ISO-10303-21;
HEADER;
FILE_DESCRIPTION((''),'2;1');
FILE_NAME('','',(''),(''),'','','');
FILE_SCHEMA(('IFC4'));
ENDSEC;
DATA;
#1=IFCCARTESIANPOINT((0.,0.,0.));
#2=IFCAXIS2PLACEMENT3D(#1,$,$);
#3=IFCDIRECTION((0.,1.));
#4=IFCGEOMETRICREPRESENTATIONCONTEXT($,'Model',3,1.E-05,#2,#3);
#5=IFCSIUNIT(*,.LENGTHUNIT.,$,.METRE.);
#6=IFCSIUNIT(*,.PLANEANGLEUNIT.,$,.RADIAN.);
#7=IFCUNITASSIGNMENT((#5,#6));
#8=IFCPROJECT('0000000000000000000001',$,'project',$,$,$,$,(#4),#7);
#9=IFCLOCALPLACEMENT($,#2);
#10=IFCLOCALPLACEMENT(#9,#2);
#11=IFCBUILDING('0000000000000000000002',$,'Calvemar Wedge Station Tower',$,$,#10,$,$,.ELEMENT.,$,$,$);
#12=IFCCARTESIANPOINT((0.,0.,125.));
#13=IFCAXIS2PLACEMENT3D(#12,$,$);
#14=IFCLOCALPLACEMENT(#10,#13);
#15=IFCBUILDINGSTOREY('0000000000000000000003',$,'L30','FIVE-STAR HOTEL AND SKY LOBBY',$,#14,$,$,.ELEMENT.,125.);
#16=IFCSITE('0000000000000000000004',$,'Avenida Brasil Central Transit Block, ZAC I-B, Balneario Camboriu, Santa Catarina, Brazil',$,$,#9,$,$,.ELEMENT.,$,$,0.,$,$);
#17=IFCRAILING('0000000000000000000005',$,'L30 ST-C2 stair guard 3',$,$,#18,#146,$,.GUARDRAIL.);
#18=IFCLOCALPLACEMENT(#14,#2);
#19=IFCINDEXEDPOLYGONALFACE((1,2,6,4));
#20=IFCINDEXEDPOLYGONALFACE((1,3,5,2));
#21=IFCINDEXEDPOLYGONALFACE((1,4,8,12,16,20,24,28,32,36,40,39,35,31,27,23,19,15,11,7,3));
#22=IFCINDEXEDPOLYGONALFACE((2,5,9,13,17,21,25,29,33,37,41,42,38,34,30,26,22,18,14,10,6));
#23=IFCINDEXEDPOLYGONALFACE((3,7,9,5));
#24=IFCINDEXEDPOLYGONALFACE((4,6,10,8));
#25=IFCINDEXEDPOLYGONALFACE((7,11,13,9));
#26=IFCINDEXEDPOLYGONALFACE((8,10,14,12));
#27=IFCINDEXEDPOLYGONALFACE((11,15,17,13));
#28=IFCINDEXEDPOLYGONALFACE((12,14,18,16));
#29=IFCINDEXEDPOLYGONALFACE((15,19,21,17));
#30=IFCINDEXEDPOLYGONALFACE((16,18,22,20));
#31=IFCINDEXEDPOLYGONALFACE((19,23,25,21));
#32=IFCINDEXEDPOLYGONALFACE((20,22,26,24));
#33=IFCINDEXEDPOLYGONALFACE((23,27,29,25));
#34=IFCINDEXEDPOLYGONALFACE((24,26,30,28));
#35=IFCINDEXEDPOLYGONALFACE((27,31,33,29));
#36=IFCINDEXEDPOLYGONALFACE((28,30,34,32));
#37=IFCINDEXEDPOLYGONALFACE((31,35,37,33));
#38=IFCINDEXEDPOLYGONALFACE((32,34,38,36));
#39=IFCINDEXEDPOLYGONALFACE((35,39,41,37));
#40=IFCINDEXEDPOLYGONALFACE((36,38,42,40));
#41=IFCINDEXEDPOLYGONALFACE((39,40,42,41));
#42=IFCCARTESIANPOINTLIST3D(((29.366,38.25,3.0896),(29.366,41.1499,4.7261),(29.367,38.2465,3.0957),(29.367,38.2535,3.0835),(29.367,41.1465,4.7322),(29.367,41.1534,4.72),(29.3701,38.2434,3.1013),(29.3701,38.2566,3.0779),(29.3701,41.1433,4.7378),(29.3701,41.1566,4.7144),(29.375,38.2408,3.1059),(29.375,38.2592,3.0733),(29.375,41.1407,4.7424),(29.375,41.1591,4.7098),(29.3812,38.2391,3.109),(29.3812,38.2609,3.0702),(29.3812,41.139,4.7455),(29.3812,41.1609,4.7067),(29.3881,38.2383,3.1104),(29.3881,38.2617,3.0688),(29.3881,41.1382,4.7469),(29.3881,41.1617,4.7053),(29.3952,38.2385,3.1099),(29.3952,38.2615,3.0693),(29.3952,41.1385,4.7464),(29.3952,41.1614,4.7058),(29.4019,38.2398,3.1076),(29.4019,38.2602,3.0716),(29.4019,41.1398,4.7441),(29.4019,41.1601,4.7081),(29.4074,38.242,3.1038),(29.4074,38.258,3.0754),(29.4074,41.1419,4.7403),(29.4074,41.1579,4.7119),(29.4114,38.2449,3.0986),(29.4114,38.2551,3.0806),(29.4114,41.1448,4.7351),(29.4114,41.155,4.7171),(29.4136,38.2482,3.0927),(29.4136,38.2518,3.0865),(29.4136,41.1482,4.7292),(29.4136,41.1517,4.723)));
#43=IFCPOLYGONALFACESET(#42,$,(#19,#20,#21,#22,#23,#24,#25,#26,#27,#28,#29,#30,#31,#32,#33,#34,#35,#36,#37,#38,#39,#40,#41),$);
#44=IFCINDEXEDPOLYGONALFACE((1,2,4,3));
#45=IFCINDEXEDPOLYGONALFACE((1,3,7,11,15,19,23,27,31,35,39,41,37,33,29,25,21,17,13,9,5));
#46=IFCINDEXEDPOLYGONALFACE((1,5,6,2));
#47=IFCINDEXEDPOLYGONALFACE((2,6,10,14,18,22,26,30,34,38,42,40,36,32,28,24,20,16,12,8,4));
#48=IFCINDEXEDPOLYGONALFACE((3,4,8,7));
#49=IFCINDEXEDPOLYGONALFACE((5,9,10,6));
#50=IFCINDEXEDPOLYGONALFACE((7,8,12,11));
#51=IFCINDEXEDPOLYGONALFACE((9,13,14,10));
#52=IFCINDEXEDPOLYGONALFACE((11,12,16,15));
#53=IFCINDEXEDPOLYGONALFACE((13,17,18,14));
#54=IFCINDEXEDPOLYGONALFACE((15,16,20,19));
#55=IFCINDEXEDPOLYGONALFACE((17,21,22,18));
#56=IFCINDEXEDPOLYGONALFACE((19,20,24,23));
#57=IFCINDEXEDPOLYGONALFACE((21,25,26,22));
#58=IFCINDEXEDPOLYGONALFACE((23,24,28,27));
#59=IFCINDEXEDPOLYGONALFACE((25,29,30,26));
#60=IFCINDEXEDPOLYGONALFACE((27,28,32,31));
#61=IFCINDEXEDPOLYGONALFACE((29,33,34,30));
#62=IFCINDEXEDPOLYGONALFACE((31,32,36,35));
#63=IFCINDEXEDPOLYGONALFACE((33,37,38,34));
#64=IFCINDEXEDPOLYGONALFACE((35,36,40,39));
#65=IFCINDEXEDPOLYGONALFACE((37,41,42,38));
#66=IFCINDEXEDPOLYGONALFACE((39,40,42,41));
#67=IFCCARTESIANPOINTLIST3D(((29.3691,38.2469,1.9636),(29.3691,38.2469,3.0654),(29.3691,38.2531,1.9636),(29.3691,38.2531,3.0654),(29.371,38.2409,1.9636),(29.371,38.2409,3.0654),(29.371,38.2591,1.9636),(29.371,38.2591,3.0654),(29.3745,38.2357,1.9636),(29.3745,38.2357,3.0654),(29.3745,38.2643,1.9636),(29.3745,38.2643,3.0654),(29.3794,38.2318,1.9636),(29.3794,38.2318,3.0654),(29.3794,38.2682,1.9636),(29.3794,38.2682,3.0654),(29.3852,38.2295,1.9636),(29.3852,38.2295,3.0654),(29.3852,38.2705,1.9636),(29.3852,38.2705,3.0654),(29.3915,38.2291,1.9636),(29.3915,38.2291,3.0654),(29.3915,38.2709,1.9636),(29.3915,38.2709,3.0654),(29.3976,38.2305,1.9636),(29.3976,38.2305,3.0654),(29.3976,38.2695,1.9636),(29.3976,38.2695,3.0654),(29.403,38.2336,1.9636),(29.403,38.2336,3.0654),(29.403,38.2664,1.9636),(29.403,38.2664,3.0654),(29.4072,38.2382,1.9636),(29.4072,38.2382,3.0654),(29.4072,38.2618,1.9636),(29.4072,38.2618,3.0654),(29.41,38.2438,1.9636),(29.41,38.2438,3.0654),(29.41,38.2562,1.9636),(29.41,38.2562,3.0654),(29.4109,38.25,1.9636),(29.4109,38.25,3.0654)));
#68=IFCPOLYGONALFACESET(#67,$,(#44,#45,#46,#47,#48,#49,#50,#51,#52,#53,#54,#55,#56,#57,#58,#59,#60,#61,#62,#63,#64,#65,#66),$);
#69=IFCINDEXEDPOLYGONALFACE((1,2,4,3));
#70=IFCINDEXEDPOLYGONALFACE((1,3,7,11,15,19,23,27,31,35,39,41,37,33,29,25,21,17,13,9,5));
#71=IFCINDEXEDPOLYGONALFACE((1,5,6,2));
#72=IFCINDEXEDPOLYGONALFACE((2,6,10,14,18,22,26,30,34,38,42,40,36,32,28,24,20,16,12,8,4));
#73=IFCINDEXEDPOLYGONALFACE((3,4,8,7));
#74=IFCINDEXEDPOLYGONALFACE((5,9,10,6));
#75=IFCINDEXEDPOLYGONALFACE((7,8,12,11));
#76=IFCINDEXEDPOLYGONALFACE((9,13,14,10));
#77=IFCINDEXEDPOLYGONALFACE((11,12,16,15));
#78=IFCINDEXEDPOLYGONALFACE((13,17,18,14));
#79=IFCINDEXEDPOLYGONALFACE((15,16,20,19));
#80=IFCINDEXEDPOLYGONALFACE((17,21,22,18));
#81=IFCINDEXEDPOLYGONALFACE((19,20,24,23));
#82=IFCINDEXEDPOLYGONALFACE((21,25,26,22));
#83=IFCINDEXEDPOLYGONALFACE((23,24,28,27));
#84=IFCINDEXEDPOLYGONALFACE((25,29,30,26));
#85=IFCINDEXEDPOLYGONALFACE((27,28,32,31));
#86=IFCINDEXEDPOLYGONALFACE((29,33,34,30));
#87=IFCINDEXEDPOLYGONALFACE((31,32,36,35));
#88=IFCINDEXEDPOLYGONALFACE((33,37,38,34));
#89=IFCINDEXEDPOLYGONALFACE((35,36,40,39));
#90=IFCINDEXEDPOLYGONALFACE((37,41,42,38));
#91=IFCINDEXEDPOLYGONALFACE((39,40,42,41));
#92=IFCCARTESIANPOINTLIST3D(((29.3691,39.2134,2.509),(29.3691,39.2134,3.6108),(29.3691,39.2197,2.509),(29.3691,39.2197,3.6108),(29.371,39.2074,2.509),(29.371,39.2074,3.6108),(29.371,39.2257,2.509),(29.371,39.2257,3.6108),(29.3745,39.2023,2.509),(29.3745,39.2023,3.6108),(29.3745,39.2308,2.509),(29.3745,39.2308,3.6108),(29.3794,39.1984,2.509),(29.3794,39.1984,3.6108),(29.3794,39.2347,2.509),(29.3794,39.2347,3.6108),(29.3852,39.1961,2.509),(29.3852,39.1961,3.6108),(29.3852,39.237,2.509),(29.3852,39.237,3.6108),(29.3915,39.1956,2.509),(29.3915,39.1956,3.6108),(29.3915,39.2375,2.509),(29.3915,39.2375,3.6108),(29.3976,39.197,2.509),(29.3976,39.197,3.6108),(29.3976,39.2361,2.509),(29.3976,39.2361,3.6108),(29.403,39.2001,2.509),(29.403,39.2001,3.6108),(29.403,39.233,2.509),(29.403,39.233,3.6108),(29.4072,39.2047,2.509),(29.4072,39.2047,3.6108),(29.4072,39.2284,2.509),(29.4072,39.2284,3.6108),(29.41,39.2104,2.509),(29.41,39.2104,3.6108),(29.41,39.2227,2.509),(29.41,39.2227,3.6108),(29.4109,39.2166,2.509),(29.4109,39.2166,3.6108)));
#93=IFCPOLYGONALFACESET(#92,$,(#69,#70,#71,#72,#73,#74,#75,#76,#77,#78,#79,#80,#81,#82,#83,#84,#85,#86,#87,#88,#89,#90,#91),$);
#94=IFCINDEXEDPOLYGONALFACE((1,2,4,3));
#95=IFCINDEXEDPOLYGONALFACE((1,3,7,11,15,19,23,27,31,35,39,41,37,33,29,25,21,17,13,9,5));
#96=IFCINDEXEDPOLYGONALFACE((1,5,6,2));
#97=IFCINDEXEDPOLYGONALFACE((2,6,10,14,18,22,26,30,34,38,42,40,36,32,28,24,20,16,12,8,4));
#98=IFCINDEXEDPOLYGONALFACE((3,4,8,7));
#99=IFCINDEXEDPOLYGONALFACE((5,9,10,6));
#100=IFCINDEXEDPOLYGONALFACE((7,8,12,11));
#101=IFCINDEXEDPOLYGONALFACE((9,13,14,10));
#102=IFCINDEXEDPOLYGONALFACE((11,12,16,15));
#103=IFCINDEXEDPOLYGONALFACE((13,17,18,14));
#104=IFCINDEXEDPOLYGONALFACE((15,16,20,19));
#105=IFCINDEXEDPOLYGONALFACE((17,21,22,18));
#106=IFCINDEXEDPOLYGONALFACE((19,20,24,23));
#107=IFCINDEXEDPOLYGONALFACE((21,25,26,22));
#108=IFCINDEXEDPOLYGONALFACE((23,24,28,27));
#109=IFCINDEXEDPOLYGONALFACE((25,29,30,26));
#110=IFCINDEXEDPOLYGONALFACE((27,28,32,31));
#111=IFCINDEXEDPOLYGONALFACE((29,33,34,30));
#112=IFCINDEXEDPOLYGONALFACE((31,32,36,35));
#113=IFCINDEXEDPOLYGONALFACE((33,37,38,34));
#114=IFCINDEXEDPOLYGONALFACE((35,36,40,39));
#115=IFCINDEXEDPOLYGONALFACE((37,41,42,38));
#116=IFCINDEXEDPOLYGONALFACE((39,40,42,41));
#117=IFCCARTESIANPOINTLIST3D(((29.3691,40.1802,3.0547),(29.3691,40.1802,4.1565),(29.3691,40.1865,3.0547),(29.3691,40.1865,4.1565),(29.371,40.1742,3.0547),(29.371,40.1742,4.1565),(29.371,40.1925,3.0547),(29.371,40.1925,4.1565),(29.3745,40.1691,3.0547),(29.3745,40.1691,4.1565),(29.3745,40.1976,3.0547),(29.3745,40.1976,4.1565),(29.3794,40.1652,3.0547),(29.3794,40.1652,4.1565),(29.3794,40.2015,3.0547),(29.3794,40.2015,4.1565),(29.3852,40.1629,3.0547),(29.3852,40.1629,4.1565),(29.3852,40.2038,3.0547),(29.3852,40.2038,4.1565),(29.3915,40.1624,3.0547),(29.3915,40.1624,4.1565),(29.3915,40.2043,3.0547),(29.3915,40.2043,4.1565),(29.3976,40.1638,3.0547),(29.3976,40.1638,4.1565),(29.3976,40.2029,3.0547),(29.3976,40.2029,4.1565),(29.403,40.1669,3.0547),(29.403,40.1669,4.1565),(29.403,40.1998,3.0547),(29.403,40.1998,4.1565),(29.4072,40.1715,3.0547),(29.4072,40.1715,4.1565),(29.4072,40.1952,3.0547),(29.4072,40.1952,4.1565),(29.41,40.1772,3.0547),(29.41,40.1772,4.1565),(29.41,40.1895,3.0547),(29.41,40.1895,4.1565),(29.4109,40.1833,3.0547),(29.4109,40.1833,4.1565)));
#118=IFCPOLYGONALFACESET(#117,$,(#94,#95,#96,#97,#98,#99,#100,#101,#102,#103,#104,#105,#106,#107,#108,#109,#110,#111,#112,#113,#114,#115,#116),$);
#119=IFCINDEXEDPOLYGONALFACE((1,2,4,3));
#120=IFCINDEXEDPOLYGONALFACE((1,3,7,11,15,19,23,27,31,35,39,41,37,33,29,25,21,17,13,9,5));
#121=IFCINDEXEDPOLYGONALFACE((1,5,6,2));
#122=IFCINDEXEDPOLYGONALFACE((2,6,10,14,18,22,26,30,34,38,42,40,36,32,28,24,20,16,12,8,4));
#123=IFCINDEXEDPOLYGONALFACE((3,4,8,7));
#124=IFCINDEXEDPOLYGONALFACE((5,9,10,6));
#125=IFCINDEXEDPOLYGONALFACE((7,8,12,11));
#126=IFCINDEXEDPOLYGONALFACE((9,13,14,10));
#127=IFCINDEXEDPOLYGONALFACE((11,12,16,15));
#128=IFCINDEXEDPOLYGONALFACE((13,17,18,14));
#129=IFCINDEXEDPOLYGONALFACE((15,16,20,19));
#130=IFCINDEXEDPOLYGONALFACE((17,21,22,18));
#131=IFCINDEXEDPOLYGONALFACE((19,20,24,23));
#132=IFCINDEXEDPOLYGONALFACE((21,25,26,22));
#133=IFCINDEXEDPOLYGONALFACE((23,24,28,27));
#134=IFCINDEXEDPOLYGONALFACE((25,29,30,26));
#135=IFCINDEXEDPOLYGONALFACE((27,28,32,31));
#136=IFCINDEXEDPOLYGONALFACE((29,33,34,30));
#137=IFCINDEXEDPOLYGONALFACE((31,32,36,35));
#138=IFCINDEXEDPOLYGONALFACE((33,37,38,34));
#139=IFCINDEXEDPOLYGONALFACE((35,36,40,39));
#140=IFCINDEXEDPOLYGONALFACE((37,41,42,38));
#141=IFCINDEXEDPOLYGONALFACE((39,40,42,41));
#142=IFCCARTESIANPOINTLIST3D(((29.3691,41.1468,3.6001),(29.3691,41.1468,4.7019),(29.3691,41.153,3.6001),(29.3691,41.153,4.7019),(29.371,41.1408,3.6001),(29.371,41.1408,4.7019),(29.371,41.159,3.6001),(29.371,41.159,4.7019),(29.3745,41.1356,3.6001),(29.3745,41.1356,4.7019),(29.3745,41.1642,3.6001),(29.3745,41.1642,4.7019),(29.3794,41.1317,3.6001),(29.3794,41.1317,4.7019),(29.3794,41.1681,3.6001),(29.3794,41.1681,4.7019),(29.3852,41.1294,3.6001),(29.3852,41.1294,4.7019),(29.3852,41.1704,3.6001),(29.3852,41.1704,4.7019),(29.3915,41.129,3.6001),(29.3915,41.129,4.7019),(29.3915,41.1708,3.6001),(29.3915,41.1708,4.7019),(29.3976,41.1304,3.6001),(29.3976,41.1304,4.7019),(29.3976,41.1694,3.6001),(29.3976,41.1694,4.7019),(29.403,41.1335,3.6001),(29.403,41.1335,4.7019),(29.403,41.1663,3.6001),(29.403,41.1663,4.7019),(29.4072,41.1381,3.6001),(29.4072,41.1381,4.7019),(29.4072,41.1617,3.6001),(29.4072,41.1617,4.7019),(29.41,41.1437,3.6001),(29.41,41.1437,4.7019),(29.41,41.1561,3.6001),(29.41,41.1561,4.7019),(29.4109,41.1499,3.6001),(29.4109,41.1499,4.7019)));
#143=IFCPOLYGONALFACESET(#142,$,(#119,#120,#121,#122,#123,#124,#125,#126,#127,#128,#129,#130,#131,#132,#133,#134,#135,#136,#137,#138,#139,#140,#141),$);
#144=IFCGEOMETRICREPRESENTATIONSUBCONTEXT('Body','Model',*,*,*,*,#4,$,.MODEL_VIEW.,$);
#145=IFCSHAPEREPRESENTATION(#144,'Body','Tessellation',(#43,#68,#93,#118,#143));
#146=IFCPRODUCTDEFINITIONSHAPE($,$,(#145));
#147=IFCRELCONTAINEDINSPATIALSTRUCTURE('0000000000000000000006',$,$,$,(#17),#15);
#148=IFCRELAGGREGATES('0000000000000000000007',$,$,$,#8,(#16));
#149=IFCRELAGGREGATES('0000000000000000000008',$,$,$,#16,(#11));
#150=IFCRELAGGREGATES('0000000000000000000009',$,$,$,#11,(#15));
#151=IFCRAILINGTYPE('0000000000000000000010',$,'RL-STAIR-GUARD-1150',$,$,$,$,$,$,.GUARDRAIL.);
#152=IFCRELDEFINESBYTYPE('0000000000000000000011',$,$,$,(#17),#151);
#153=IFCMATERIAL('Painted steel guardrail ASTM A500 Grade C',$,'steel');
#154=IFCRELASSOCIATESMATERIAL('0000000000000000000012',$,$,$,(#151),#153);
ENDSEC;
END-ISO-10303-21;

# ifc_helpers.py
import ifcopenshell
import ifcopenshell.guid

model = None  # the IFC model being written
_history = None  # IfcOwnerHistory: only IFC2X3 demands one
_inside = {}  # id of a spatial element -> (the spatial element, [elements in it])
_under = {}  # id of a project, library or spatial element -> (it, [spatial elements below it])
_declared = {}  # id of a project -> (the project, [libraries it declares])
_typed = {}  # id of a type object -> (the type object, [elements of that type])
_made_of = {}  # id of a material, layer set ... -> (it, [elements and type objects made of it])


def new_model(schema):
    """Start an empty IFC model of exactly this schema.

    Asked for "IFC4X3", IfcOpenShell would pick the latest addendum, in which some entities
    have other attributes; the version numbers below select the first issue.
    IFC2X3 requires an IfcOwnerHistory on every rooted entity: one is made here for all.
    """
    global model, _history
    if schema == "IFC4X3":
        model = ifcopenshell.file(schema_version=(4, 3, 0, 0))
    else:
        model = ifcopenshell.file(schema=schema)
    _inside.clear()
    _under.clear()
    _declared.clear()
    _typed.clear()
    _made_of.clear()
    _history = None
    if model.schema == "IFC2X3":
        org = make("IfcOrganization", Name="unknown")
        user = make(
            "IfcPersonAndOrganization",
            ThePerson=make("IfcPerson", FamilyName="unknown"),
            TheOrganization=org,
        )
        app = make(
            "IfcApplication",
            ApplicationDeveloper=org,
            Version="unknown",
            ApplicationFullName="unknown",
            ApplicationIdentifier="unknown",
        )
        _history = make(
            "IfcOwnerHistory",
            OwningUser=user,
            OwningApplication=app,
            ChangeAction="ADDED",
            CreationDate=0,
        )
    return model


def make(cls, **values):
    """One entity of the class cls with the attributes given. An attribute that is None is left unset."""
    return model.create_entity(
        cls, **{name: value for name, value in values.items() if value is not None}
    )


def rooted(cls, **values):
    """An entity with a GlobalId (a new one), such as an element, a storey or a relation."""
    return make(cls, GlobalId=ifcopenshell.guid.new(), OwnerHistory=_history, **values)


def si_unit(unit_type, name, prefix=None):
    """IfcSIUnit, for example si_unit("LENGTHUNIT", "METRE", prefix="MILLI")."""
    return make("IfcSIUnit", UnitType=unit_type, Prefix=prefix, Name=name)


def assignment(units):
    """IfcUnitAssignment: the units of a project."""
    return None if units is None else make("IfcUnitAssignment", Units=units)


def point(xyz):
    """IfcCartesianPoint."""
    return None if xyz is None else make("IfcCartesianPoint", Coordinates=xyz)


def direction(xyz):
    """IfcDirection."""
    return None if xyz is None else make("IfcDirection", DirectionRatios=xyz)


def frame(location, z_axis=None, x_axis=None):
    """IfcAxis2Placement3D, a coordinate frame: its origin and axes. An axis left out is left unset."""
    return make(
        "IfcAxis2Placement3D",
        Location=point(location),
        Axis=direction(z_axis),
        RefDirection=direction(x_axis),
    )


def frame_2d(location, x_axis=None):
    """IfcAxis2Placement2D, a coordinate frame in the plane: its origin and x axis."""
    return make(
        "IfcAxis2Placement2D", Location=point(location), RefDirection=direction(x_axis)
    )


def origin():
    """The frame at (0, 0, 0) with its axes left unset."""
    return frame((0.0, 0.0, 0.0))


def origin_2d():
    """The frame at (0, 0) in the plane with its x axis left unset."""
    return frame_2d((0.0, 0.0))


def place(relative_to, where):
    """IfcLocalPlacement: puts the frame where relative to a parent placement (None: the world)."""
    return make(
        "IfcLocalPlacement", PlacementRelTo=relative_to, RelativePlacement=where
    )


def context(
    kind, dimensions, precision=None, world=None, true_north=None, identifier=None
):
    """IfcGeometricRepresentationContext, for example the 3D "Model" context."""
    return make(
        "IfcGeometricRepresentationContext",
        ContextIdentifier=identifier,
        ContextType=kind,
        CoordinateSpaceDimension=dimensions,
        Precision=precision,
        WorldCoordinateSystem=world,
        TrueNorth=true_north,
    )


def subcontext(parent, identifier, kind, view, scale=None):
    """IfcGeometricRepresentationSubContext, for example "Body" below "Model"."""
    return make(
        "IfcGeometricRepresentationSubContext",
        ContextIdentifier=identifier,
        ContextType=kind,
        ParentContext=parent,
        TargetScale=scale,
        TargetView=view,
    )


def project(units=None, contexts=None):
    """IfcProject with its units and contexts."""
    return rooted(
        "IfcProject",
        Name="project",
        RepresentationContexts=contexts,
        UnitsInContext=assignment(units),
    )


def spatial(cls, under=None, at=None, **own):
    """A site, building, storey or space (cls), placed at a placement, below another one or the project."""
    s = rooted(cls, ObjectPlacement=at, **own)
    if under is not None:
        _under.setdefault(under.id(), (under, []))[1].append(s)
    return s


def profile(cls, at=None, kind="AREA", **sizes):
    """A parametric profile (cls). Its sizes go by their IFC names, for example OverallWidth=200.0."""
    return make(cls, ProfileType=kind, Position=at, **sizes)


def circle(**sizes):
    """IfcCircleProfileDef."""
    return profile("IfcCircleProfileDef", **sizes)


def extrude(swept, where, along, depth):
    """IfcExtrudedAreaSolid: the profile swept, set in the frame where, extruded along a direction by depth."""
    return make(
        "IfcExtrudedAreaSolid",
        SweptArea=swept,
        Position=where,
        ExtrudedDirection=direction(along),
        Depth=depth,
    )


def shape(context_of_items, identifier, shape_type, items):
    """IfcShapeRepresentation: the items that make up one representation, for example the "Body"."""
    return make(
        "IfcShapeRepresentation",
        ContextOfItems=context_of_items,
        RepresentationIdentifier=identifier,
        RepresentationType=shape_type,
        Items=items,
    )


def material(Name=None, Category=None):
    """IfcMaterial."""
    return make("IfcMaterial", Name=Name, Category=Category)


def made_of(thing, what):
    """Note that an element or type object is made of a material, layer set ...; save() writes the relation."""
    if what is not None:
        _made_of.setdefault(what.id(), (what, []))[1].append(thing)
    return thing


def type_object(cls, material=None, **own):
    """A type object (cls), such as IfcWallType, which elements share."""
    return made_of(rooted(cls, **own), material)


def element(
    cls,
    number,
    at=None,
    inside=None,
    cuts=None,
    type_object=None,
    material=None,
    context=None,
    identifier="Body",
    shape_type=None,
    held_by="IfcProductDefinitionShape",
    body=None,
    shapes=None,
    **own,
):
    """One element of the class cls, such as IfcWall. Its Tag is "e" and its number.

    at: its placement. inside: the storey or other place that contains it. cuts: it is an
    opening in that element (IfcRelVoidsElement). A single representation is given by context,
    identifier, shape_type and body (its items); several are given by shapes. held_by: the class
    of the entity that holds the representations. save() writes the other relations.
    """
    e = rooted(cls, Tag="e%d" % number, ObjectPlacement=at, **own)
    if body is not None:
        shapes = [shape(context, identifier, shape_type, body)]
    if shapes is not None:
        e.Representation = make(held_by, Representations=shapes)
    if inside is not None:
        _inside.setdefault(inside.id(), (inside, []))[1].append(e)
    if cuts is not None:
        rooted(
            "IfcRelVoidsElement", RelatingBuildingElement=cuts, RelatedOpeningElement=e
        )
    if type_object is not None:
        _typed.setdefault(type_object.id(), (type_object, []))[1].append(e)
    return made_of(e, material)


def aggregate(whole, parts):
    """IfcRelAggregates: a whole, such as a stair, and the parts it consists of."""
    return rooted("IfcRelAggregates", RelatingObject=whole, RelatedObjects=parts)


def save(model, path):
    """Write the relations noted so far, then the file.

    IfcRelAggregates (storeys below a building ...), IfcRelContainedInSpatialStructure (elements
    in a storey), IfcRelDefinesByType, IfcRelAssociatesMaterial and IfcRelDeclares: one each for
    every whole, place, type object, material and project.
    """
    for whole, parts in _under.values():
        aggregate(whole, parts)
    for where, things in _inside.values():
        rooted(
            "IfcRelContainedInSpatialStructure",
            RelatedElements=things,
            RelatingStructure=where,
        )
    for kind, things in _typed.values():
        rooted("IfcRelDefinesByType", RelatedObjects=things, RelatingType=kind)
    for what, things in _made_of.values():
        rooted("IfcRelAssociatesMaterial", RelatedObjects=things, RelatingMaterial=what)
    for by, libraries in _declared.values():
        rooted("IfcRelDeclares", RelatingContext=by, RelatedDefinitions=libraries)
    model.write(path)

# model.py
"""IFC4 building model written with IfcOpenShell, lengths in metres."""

from ifc_helpers import new_model, si_unit, direction, frame, origin, origin_2d, place, context, subcontext, project, spatial, circle, extrude, material, type_object, element, save


model = new_model("IFC4")

# Units and contexts
model_context = context("Model", 3, precision=1e-05, world=origin(), true_north=direction((0.0, 1.0)))
body_context = subcontext(model_context, "Body", "Model", "MODEL_VIEW")
ifc_project = project(units=[si_unit("LENGTHUNIT", "METRE"), si_unit("PLANEANGLEUNIT", "RADIAN")], contexts=[model_context])

# Site, building, storey
site_placement = place(None, origin())
site = spatial("IfcSite", under=ifc_project, at=site_placement, Name="Avenida Brasil Central Transit Block, ZAC I-B, Balneario Camboriu, Santa Catarina, Brazil", CompositionType="ELEMENT", RefElevation=0.0)
building_placement = place(site_placement, origin())
building = spatial("IfcBuilding", under=site, at=building_placement, Name="Calvemar Wedge Station Tower", CompositionType="ELEMENT")
storey_placement = place(building_placement, frame((0.0, 0.0, 125.0)))
storey = spatial("IfcBuildingStorey", under=building, at=storey_placement, Name="L30", Description="FIVE-STAR HOTEL AND SKY LOBBY", CompositionType="ELEMENT", Elevation=125.0)

# Railing
ifc_material_1 = material(Name="Painted steel guardrail ASTM A500 Grade C", Category="steel")
railing_type_1 = type_object("IfcRailingType", Name="RL-STAIR-GUARD-1150", PredefinedType="GUARDRAIL", material=ifc_material_1)
railing_1_placement = place(storey_placement, frame((29.3899, 38.25, 1.9636)))
element("IfcRailing", 1, at=railing_1_placement, inside=storey, type_object=railing_type_1, Name="L30 ST-C2 stair guard 3", PredefinedType="GUARDRAIL", context=body_context, shape_type="SweptSolid", body=[
    extrude(circle(Radius=0.0239, at=origin_2d()), frame((0.0, 0.0, 1.126), z_axis=(0.0, 0.870897, 0.491465), x_axis=(-1.0, 0.0, 0.0)), (0.0, 0.0, 1.0), 3.3298),
    extrude(circle(Radius=0.021, at=origin_2d()), origin(), (0.0, 0.0, 1.0), 1.1018),
    extrude(circle(Radius=0.021, at=origin_2d()), frame((0.0, 0.9666, 0.5454)), (0.0, 0.0, 1.0), 1.1018),
    extrude(circle(Radius=0.021, at=origin_2d()), frame((0.0, 1.9333, 1.0911)), (0.0, 0.0, 1.0), 1.1018),
    extrude(circle(Radius=0.021, at=origin_2d()), frame((0.0, 2.8999, 1.6365)), (0.0, 0.0, 1.0), 1.1018),
])

save(model, "model.ifc")
